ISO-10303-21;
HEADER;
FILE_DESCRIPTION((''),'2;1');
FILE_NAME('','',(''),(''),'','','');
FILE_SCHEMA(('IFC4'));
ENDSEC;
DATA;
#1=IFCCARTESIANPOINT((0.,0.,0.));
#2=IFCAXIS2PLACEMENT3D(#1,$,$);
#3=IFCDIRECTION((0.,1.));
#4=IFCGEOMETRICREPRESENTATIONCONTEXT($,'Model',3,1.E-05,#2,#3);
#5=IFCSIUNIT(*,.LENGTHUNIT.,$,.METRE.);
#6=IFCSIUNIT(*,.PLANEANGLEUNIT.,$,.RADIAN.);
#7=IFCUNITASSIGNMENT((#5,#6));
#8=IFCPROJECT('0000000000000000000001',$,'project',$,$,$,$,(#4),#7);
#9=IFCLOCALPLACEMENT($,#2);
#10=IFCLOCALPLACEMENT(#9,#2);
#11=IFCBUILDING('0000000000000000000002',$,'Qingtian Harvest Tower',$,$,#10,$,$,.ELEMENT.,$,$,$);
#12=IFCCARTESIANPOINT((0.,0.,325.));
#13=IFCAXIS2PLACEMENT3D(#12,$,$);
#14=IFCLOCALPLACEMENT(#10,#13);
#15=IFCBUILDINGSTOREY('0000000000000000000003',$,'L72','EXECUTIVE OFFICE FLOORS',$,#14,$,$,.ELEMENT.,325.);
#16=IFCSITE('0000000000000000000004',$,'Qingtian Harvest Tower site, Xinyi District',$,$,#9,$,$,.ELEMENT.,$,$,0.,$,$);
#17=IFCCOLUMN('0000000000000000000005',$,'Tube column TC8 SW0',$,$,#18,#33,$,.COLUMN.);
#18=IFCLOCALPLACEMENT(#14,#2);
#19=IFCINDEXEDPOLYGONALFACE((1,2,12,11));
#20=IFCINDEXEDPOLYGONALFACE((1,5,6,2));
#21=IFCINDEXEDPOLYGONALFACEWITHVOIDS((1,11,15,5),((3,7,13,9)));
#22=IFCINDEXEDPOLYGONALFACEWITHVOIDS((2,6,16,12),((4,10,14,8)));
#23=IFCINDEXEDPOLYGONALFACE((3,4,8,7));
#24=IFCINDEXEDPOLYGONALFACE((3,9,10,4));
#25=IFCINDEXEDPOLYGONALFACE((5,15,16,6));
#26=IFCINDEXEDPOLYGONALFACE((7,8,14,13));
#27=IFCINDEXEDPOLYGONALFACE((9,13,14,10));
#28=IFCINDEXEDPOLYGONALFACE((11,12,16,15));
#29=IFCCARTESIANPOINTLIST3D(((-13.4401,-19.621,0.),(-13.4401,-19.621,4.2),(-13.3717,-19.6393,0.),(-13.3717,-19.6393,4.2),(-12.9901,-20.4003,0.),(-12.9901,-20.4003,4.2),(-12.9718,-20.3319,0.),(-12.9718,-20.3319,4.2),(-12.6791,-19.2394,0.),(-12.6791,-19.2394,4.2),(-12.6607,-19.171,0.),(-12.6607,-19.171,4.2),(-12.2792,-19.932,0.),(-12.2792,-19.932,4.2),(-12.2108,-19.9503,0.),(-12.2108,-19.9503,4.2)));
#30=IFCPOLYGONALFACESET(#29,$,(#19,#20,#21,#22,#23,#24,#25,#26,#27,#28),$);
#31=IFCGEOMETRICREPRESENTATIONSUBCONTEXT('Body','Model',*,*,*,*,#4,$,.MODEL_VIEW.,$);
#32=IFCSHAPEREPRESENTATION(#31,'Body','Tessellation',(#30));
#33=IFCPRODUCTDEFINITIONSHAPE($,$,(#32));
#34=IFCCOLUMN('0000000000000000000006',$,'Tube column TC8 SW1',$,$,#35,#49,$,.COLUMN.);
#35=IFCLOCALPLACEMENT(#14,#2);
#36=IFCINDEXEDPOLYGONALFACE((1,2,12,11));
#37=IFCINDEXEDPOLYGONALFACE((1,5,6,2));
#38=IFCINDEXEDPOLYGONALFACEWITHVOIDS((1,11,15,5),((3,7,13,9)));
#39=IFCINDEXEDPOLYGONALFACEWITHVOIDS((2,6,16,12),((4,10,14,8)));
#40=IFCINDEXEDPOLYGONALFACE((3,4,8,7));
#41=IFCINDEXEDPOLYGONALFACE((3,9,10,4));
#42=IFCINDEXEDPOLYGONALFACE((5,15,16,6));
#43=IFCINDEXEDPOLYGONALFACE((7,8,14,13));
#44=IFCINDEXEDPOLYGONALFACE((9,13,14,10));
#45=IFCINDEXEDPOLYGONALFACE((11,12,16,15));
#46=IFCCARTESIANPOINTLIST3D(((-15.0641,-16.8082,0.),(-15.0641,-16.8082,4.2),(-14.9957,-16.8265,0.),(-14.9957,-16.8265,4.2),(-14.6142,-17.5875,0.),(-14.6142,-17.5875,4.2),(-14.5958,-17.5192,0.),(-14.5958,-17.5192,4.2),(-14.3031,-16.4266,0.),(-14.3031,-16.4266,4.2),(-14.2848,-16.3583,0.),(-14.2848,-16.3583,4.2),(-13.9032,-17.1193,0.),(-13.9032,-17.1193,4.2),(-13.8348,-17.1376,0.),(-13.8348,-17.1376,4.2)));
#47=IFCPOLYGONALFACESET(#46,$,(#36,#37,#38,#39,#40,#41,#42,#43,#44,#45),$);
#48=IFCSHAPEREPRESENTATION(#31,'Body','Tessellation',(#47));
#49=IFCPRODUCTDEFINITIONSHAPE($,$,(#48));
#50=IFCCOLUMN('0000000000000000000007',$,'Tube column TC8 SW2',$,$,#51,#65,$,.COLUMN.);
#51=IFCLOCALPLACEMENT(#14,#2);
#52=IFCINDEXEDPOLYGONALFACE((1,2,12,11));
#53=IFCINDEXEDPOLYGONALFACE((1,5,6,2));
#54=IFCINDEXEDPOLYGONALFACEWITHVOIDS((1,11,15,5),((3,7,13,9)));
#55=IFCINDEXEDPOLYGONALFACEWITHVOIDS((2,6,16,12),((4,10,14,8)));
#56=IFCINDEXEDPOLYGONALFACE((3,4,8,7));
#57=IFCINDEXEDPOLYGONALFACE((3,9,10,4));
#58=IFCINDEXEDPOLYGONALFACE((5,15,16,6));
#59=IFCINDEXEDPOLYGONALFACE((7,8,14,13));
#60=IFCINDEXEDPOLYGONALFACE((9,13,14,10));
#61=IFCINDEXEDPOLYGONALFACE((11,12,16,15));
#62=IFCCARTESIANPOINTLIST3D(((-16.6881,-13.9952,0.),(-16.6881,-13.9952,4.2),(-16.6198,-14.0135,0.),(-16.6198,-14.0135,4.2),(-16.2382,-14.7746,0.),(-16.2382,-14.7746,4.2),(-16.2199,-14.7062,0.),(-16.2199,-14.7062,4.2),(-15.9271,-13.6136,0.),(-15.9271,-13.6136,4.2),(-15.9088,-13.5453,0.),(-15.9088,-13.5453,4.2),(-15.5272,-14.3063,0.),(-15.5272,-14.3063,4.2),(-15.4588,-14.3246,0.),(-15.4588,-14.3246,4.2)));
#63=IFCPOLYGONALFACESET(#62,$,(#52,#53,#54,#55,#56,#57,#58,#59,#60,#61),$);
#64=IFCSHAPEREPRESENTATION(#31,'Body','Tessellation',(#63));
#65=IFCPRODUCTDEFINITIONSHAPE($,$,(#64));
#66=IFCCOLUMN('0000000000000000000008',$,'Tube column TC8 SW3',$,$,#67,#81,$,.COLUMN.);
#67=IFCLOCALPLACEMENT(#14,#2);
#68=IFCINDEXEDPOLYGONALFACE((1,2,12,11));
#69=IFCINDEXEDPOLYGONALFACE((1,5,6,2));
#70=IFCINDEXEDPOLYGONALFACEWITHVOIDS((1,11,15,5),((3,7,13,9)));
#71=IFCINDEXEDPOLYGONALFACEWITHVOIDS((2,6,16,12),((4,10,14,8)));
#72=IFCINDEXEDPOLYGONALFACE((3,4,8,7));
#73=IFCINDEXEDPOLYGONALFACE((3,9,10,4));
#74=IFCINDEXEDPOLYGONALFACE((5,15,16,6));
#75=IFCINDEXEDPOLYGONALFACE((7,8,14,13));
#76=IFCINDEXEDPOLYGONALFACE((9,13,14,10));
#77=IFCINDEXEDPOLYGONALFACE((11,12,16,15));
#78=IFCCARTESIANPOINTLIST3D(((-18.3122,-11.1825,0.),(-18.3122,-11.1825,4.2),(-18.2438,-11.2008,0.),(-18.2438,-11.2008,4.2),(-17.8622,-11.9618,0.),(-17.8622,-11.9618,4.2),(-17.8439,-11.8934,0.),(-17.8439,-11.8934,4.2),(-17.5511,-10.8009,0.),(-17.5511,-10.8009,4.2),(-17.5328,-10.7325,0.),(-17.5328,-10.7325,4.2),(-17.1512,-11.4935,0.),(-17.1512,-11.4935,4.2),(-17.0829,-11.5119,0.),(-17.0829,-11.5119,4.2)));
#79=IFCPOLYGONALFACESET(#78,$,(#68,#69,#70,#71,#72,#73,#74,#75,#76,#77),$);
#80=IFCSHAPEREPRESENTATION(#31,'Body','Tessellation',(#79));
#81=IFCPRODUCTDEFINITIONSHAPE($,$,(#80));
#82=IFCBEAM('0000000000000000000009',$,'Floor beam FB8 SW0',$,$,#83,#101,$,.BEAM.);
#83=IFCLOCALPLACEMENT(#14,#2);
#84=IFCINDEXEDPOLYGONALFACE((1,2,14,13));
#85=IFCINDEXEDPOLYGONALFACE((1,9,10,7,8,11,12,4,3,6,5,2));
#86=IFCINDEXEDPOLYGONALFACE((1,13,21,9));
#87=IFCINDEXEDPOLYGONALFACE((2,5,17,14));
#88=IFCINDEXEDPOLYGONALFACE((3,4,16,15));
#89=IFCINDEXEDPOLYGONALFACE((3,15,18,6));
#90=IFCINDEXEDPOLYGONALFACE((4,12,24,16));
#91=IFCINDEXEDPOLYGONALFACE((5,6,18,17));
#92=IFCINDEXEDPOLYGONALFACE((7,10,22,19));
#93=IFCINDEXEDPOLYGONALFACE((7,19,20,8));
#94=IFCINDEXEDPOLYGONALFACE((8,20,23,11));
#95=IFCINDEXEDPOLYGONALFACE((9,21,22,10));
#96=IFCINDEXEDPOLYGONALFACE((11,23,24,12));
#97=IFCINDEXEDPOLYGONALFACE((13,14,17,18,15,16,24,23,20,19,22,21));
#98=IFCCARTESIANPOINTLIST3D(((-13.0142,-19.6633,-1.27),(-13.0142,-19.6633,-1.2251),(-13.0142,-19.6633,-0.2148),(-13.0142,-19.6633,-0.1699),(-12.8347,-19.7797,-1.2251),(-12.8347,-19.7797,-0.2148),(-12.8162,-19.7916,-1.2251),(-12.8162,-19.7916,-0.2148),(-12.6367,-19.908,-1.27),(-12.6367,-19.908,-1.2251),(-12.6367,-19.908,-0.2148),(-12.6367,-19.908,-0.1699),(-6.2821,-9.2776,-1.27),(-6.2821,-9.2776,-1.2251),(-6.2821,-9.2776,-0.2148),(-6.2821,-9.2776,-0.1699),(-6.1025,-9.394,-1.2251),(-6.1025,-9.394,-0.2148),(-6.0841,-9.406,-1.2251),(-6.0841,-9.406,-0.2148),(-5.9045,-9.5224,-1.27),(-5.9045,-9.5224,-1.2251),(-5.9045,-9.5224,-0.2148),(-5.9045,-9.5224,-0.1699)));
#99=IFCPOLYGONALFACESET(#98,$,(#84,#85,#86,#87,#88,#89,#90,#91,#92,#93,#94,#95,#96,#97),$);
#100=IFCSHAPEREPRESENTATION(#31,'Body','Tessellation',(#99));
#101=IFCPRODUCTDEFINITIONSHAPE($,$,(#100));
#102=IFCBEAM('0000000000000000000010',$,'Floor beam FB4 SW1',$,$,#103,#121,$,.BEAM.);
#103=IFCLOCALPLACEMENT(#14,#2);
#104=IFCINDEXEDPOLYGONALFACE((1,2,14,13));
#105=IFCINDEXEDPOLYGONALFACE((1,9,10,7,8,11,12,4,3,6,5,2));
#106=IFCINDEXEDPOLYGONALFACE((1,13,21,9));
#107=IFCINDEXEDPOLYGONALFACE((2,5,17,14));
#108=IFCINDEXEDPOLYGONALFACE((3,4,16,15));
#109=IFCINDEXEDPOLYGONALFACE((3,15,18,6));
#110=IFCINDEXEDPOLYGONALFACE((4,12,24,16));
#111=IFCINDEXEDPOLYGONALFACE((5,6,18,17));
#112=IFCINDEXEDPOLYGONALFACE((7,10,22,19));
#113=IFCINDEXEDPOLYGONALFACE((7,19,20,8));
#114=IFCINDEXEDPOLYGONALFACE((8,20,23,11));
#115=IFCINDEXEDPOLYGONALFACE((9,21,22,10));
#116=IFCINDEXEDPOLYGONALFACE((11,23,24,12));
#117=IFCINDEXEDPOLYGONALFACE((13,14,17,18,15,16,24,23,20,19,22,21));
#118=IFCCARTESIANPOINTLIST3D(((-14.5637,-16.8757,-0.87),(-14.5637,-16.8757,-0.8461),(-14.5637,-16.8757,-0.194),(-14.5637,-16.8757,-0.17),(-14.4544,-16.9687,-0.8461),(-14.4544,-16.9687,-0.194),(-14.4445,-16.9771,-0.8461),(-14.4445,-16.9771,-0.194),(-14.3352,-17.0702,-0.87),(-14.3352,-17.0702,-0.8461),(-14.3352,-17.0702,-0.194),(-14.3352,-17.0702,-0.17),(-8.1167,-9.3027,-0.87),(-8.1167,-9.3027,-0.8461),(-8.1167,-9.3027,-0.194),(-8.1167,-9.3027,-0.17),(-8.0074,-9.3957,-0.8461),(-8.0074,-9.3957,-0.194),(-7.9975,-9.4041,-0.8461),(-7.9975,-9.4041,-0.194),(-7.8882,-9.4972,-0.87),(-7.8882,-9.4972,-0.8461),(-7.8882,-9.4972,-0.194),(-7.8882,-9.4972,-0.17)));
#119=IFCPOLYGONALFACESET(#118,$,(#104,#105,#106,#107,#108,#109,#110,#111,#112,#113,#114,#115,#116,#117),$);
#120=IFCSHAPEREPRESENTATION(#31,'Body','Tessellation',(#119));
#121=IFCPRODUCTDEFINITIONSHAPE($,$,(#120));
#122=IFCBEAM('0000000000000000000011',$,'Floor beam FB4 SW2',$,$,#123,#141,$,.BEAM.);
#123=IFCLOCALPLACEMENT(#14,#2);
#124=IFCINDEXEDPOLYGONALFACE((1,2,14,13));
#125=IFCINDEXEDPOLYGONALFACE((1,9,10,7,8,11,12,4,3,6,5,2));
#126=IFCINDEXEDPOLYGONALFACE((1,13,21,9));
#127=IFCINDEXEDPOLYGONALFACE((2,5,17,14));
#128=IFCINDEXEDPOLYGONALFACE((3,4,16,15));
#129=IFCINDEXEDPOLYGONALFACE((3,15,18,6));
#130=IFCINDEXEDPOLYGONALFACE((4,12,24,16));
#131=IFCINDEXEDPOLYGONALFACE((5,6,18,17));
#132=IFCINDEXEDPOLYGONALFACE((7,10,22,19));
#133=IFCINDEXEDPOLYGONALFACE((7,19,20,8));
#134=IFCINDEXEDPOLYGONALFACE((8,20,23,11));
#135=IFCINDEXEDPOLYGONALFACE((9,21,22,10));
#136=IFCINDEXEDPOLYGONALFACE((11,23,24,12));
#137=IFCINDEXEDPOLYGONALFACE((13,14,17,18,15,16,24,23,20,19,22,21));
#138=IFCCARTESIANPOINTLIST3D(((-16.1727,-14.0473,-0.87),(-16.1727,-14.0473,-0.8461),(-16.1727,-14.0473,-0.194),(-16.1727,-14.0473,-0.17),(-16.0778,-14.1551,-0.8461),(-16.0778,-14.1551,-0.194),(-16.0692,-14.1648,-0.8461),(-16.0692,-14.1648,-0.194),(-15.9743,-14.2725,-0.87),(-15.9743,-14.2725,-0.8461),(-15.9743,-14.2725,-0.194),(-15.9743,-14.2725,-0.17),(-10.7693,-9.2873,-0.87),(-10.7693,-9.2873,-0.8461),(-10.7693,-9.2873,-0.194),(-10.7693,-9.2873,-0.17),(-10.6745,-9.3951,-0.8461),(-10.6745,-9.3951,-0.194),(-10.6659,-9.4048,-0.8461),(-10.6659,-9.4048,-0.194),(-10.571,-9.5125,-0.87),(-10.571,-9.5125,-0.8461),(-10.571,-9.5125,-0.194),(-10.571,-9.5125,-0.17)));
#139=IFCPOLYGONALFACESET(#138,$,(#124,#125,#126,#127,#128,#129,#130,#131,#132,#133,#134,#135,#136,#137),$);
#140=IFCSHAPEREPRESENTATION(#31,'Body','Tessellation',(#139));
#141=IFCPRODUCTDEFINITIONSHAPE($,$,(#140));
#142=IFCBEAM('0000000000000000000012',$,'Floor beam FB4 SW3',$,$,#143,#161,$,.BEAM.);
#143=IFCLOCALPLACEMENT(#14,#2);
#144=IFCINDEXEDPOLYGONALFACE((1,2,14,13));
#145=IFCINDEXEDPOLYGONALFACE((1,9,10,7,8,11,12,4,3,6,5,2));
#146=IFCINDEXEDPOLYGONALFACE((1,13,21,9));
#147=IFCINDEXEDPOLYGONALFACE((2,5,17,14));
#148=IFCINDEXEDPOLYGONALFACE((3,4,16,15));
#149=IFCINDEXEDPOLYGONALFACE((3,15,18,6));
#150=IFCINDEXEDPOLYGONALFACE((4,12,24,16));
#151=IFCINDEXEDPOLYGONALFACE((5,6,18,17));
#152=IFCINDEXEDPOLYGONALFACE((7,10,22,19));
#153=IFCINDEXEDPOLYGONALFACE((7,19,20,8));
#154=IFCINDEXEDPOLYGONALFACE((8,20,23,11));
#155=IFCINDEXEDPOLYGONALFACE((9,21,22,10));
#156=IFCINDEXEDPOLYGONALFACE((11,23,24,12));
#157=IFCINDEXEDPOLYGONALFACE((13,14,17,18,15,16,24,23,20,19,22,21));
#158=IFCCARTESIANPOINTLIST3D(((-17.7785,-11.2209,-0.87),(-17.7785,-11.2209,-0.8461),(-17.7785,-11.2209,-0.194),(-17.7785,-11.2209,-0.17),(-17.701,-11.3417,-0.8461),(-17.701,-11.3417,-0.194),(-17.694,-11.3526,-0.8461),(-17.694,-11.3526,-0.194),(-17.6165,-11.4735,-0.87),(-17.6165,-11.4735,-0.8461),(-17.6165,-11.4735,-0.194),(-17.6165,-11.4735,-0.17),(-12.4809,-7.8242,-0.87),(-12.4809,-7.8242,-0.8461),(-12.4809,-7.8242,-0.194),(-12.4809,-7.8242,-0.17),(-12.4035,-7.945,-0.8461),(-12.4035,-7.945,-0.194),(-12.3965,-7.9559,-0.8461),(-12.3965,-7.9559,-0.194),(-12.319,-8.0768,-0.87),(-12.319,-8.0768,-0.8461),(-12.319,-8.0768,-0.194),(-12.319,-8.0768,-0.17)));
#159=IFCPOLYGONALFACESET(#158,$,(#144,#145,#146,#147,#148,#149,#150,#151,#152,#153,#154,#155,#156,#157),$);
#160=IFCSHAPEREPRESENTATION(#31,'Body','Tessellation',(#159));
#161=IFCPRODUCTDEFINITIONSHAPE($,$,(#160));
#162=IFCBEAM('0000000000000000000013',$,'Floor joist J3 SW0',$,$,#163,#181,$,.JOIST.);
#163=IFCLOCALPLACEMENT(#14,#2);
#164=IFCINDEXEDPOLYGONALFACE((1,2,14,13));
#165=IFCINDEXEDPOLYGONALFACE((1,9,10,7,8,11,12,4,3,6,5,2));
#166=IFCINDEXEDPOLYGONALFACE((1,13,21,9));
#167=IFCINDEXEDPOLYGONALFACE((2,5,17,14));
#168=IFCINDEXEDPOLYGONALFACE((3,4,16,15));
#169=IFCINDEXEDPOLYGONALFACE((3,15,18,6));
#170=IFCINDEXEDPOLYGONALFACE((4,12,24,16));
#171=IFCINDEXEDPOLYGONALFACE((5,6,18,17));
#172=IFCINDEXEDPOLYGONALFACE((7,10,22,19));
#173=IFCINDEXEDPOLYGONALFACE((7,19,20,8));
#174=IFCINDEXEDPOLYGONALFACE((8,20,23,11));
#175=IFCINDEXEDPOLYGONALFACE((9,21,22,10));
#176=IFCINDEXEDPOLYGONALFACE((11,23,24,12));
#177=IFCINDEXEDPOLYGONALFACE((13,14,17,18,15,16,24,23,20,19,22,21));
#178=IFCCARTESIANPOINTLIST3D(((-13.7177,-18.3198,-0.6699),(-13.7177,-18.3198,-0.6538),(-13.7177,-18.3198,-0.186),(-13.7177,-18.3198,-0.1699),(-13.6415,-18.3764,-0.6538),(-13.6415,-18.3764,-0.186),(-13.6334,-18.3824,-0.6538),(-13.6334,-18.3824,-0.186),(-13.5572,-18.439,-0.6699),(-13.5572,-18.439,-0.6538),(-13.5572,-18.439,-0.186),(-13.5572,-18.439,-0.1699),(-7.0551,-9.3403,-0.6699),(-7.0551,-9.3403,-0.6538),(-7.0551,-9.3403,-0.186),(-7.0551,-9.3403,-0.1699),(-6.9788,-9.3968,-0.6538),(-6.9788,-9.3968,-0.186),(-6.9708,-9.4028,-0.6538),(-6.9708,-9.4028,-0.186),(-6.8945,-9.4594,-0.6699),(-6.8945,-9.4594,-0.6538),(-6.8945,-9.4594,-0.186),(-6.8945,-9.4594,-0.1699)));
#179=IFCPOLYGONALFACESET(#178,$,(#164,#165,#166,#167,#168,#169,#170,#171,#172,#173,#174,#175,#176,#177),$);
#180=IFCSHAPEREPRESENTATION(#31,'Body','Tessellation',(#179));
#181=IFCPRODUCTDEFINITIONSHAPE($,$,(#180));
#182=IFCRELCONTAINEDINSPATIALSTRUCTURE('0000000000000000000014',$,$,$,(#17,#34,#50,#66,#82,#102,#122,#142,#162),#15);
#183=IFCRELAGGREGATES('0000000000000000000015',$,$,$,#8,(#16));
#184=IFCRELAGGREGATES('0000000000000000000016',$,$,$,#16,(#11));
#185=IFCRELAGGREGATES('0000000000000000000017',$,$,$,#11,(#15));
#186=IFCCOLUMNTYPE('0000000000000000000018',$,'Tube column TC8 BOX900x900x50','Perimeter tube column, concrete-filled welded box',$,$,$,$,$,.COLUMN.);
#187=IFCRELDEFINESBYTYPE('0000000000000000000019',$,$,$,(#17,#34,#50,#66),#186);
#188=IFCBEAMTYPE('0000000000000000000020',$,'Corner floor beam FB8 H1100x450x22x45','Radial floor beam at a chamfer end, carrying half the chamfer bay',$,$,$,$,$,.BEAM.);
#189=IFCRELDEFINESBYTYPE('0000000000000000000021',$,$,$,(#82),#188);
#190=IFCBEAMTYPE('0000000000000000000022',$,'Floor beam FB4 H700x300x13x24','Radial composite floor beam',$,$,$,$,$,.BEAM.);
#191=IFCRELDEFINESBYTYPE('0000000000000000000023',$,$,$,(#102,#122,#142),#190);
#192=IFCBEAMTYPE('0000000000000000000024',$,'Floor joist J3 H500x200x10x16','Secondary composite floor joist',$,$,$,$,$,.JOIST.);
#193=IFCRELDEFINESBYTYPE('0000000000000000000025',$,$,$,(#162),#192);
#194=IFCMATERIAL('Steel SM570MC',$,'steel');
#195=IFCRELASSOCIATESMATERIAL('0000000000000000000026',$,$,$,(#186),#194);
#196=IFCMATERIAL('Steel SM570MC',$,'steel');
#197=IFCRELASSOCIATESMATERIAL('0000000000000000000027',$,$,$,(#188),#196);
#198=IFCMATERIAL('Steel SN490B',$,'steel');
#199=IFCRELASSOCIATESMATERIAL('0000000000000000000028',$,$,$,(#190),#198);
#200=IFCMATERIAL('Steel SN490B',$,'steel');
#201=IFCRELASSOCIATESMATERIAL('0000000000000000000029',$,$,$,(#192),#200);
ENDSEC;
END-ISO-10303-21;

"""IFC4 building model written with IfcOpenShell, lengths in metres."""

from ifc_helpers import new_model, si_unit, direction, frame, origin, origin_2d, place, context, subcontext, project, spatial, hollow_rectangle, i_section, extrude, material, material_profile, profile_set, type_object, element, save


model = new_model("IFC4")

# Units and contexts
model_context = context("Model", 3, precision=1e-05, world=origin(), true_north=direction((0.0, 1.0)))
body_context = subcontext(model_context, "Body", "Model", "MODEL_VIEW")
ifc_project = project(units=[si_unit("LENGTHUNIT", "METRE"), si_unit("PLANEANGLEUNIT", "RADIAN")], contexts=[model_context])

# Site, building, storey
site_placement = place(None, origin())
site = spatial("IfcSite", under=ifc_project, at=site_placement, Name="Qingtian Harvest Tower site, Xinyi District", CompositionType="ELEMENT", RefElevation=0.0)
building_placement = place(site_placement, origin())
building = spatial("IfcBuilding", under=site, at=building_placement, Name="Qingtian Harvest Tower", CompositionType="ELEMENT")
storey_placement = place(building_placement, frame((0.0, 0.0, 325.0)))
storey = spatial("IfcBuildingStorey", under=building, at=storey_placement, Name="L72", Description="EXECUTIVE OFFICE FLOORS", CompositionType="ELEMENT", Elevation=325.0)

# Columns
ifc_material_1 = material(Name="Steel SM570MC", Category="steel")
ifc_material_profile_1 = material_profile(ifc_material_1, hollow_rectangle(XDim=0.8999, YDim=0.8999, WallThickness=0.05, at=origin_2d()), Name="BOX900x900x50")
ifc_profile_set_1 = profile_set([ifc_material_profile_1], Name="Steel SM570MC")
column_type = type_object("IfcColumnType", Name="Tube column TC8 BOX900x900x50", Description="Perimeter tube column, concrete-filled welded box", PredefinedType="COLUMN", material=ifc_profile_set_1)
for number, where, z_axis, x_axis, name in (
    (1, (-12.8254, -19.7856, 0.0), (0.0, 0.0, 1.0), (0.5, -0.866025, 0.0), "Tube column TC8 SW0"),
    (2, (-14.4495, -16.9729, 0.0), (0.0, 0.0, 1.0), (0.5, -0.866025, 0.0), "Tube column TC8 SW1"),
    (3, (-16.0735, -14.1599, 0.0), (0.0, 0.0, 1.0), (0.5, -0.866025, 0.0), "Tube column TC8 SW2"),
    (4, (-17.6975, -11.3472, 0.0), (0.0, 0.0, 1.0), (0.5, -0.866025, 0.0), "Tube column TC8 SW3"),
):
    element("IfcColumn", number, at=place(storey_placement, frame(where, z_axis=z_axis, x_axis=x_axis)), inside=storey, type_object=column_type, Name=name, PredefinedType="COLUMN", context=body_context, shape_type="SweptSolid", body=[
        extrude(hollow_rectangle(XDim=0.8999, YDim=0.8999, WallThickness=0.05, at=origin_2d()), origin(), (0.0, 0.0, 1.0), 4.2),
    ])

# Beams
ifc_material_2 = material(Name="Steel SM570MC", Category="steel")
ifc_material_profile_2 = material_profile(ifc_material_2, i_section(OverallWidth=0.45, OverallDepth=1.1001, WebThickness=0.022, FlangeThickness=0.0449, at=origin_2d()), Name="H1100x450x22x45")
ifc_profile_set_2 = profile_set([ifc_material_profile_2], Name="Steel SM570MC")
beam_type_1 = type_object("IfcBeamType", Name="Corner floor beam FB8 H1100x450x22x45", Description="Radial floor beam at a chamfer end, carrying half the chamfer bay", PredefinedType="BEAM", material=ifc_profile_set_2)
beam_1_placement = place(storey_placement, frame((-12.8254, -19.7856, -0.72), z_axis=(0.543934, 0.839128, 0.0), x_axis=(-0.839128, 0.543934, 0.0)))
element("IfcBeam", 5, at=beam_1_placement, inside=storey, type_object=beam_type_1, Name="Floor beam FB8 SW0", PredefinedType="BEAM", context=body_context, shape_type="SweptSolid", body=[
    extrude(i_section(OverallWidth=0.45, OverallDepth=1.1001, WebThickness=0.022, FlangeThickness=0.0449, at=origin_2d()), origin(), (0.0, 0.0, 1.0), 12.3767),
])
ifc_material_3 = material(Name="Steel SN490B", Category="steel")
ifc_material_profile_3 = material_profile(ifc_material_3, i_section(OverallWidth=0.3, OverallDepth=0.7, WebThickness=0.0129, FlangeThickness=0.0239, at=origin_2d()), Name="H700x300x13x24")
ifc_profile_set_3 = profile_set([ifc_material_profile_3], Name="Steel SN490B")
beam_type_2 = type_object("IfcBeamType", Name="Floor beam FB4 H700x300x13x24", Description="Radial composite floor beam", PredefinedType="BEAM", material=ifc_profile_set_3)
beam_2_placement = place(storey_placement, frame((-14.4495, -16.9729, -0.52), z_axis=(0.64823, 0.761444, 0.0), x_axis=(-0.761444, 0.64823, 0.0)))
element("IfcBeam", 6, at=beam_2_placement, inside=storey, type_object=beam_type_2, Name="Floor beam FB4 SW1", PredefinedType="BEAM", context=body_context, shape_type="SweptSolid", body=[
    extrude(i_section(OverallWidth=0.3, OverallDepth=0.7, WebThickness=0.0129, FlangeThickness=0.0239, at=origin_2d()), origin(), (0.0, 0.0, 1.0), 9.9456),
])
beam_3_placement = place(storey_placement, frame((-16.0735, -14.1599, -0.52), z_axis=(0.750363, 0.661026, 0.0), x_axis=(-0.661026, 0.750363, 0.0)))
element("IfcBeam", 7, at=beam_3_placement, inside=storey, type_object=beam_type_2, Name="Floor beam FB4 SW2", PredefinedType="BEAM", context=body_context, shape_type="SweptSolid", body=[
    extrude(i_section(OverallWidth=0.3, OverallDepth=0.7, WebThickness=0.0129, FlangeThickness=0.0239, at=origin_2d()), origin(), (0.0, 0.0, 1.0), 7.2009),
])
beam_4_placement = place(storey_placement, frame((-17.6975, -11.3472, -0.52), z_axis=(0.841819, 0.539759, 0.0), x_axis=(-0.539759, 0.841819, 0.0)))
element("IfcBeam", 8, at=beam_4_placement, inside=storey, type_object=beam_type_2, Name="Floor beam FB4 SW3", PredefinedType="BEAM", context=body_context, shape_type="SweptSolid", body=[
    extrude(i_section(OverallWidth=0.3, OverallDepth=0.7, WebThickness=0.0129, FlangeThickness=0.0239, at=origin_2d()), origin(), (0.0, 0.0, 1.0), 6.293),
])
ifc_material_4 = material(Name="Steel SN490B", Category="steel")
ifc_material_profile_4 = material_profile(ifc_material_4, i_section(OverallWidth=0.2, OverallDepth=0.5, WebThickness=0.01, FlangeThickness=0.0161, at=origin_2d()), Name="H500x200x10x16")
ifc_profile_set_4 = profile_set([ifc_material_profile_4], Name="Steel SN490B")
beam_type_3 = type_object("IfcBeamType", Name="Floor joist J3 H500x200x10x16", Description="Secondary composite floor joist", PredefinedType="JOIST", material=ifc_profile_set_4)
beam_5_placement = place(storey_placement, frame((-13.6375, -18.3794, -0.4199), z_axis=(0.59587, 0.803081, 0.0), x_axis=(-0.803081, 0.59587, 0.0)))
element("IfcBeam", 9, at=beam_5_placement, inside=storey, type_object=beam_type_3, Name="Floor joist J3 SW0", PredefinedType="JOIST", context=body_context, shape_type="SweptSolid", body=[
    extrude(i_section(OverallWidth=0.2, OverallDepth=0.5, WebThickness=0.01, FlangeThickness=0.0161, at=origin_2d()), origin(), (0.0, 0.0, 1.0), 11.1814),
])

save(model, "model.ifc")
